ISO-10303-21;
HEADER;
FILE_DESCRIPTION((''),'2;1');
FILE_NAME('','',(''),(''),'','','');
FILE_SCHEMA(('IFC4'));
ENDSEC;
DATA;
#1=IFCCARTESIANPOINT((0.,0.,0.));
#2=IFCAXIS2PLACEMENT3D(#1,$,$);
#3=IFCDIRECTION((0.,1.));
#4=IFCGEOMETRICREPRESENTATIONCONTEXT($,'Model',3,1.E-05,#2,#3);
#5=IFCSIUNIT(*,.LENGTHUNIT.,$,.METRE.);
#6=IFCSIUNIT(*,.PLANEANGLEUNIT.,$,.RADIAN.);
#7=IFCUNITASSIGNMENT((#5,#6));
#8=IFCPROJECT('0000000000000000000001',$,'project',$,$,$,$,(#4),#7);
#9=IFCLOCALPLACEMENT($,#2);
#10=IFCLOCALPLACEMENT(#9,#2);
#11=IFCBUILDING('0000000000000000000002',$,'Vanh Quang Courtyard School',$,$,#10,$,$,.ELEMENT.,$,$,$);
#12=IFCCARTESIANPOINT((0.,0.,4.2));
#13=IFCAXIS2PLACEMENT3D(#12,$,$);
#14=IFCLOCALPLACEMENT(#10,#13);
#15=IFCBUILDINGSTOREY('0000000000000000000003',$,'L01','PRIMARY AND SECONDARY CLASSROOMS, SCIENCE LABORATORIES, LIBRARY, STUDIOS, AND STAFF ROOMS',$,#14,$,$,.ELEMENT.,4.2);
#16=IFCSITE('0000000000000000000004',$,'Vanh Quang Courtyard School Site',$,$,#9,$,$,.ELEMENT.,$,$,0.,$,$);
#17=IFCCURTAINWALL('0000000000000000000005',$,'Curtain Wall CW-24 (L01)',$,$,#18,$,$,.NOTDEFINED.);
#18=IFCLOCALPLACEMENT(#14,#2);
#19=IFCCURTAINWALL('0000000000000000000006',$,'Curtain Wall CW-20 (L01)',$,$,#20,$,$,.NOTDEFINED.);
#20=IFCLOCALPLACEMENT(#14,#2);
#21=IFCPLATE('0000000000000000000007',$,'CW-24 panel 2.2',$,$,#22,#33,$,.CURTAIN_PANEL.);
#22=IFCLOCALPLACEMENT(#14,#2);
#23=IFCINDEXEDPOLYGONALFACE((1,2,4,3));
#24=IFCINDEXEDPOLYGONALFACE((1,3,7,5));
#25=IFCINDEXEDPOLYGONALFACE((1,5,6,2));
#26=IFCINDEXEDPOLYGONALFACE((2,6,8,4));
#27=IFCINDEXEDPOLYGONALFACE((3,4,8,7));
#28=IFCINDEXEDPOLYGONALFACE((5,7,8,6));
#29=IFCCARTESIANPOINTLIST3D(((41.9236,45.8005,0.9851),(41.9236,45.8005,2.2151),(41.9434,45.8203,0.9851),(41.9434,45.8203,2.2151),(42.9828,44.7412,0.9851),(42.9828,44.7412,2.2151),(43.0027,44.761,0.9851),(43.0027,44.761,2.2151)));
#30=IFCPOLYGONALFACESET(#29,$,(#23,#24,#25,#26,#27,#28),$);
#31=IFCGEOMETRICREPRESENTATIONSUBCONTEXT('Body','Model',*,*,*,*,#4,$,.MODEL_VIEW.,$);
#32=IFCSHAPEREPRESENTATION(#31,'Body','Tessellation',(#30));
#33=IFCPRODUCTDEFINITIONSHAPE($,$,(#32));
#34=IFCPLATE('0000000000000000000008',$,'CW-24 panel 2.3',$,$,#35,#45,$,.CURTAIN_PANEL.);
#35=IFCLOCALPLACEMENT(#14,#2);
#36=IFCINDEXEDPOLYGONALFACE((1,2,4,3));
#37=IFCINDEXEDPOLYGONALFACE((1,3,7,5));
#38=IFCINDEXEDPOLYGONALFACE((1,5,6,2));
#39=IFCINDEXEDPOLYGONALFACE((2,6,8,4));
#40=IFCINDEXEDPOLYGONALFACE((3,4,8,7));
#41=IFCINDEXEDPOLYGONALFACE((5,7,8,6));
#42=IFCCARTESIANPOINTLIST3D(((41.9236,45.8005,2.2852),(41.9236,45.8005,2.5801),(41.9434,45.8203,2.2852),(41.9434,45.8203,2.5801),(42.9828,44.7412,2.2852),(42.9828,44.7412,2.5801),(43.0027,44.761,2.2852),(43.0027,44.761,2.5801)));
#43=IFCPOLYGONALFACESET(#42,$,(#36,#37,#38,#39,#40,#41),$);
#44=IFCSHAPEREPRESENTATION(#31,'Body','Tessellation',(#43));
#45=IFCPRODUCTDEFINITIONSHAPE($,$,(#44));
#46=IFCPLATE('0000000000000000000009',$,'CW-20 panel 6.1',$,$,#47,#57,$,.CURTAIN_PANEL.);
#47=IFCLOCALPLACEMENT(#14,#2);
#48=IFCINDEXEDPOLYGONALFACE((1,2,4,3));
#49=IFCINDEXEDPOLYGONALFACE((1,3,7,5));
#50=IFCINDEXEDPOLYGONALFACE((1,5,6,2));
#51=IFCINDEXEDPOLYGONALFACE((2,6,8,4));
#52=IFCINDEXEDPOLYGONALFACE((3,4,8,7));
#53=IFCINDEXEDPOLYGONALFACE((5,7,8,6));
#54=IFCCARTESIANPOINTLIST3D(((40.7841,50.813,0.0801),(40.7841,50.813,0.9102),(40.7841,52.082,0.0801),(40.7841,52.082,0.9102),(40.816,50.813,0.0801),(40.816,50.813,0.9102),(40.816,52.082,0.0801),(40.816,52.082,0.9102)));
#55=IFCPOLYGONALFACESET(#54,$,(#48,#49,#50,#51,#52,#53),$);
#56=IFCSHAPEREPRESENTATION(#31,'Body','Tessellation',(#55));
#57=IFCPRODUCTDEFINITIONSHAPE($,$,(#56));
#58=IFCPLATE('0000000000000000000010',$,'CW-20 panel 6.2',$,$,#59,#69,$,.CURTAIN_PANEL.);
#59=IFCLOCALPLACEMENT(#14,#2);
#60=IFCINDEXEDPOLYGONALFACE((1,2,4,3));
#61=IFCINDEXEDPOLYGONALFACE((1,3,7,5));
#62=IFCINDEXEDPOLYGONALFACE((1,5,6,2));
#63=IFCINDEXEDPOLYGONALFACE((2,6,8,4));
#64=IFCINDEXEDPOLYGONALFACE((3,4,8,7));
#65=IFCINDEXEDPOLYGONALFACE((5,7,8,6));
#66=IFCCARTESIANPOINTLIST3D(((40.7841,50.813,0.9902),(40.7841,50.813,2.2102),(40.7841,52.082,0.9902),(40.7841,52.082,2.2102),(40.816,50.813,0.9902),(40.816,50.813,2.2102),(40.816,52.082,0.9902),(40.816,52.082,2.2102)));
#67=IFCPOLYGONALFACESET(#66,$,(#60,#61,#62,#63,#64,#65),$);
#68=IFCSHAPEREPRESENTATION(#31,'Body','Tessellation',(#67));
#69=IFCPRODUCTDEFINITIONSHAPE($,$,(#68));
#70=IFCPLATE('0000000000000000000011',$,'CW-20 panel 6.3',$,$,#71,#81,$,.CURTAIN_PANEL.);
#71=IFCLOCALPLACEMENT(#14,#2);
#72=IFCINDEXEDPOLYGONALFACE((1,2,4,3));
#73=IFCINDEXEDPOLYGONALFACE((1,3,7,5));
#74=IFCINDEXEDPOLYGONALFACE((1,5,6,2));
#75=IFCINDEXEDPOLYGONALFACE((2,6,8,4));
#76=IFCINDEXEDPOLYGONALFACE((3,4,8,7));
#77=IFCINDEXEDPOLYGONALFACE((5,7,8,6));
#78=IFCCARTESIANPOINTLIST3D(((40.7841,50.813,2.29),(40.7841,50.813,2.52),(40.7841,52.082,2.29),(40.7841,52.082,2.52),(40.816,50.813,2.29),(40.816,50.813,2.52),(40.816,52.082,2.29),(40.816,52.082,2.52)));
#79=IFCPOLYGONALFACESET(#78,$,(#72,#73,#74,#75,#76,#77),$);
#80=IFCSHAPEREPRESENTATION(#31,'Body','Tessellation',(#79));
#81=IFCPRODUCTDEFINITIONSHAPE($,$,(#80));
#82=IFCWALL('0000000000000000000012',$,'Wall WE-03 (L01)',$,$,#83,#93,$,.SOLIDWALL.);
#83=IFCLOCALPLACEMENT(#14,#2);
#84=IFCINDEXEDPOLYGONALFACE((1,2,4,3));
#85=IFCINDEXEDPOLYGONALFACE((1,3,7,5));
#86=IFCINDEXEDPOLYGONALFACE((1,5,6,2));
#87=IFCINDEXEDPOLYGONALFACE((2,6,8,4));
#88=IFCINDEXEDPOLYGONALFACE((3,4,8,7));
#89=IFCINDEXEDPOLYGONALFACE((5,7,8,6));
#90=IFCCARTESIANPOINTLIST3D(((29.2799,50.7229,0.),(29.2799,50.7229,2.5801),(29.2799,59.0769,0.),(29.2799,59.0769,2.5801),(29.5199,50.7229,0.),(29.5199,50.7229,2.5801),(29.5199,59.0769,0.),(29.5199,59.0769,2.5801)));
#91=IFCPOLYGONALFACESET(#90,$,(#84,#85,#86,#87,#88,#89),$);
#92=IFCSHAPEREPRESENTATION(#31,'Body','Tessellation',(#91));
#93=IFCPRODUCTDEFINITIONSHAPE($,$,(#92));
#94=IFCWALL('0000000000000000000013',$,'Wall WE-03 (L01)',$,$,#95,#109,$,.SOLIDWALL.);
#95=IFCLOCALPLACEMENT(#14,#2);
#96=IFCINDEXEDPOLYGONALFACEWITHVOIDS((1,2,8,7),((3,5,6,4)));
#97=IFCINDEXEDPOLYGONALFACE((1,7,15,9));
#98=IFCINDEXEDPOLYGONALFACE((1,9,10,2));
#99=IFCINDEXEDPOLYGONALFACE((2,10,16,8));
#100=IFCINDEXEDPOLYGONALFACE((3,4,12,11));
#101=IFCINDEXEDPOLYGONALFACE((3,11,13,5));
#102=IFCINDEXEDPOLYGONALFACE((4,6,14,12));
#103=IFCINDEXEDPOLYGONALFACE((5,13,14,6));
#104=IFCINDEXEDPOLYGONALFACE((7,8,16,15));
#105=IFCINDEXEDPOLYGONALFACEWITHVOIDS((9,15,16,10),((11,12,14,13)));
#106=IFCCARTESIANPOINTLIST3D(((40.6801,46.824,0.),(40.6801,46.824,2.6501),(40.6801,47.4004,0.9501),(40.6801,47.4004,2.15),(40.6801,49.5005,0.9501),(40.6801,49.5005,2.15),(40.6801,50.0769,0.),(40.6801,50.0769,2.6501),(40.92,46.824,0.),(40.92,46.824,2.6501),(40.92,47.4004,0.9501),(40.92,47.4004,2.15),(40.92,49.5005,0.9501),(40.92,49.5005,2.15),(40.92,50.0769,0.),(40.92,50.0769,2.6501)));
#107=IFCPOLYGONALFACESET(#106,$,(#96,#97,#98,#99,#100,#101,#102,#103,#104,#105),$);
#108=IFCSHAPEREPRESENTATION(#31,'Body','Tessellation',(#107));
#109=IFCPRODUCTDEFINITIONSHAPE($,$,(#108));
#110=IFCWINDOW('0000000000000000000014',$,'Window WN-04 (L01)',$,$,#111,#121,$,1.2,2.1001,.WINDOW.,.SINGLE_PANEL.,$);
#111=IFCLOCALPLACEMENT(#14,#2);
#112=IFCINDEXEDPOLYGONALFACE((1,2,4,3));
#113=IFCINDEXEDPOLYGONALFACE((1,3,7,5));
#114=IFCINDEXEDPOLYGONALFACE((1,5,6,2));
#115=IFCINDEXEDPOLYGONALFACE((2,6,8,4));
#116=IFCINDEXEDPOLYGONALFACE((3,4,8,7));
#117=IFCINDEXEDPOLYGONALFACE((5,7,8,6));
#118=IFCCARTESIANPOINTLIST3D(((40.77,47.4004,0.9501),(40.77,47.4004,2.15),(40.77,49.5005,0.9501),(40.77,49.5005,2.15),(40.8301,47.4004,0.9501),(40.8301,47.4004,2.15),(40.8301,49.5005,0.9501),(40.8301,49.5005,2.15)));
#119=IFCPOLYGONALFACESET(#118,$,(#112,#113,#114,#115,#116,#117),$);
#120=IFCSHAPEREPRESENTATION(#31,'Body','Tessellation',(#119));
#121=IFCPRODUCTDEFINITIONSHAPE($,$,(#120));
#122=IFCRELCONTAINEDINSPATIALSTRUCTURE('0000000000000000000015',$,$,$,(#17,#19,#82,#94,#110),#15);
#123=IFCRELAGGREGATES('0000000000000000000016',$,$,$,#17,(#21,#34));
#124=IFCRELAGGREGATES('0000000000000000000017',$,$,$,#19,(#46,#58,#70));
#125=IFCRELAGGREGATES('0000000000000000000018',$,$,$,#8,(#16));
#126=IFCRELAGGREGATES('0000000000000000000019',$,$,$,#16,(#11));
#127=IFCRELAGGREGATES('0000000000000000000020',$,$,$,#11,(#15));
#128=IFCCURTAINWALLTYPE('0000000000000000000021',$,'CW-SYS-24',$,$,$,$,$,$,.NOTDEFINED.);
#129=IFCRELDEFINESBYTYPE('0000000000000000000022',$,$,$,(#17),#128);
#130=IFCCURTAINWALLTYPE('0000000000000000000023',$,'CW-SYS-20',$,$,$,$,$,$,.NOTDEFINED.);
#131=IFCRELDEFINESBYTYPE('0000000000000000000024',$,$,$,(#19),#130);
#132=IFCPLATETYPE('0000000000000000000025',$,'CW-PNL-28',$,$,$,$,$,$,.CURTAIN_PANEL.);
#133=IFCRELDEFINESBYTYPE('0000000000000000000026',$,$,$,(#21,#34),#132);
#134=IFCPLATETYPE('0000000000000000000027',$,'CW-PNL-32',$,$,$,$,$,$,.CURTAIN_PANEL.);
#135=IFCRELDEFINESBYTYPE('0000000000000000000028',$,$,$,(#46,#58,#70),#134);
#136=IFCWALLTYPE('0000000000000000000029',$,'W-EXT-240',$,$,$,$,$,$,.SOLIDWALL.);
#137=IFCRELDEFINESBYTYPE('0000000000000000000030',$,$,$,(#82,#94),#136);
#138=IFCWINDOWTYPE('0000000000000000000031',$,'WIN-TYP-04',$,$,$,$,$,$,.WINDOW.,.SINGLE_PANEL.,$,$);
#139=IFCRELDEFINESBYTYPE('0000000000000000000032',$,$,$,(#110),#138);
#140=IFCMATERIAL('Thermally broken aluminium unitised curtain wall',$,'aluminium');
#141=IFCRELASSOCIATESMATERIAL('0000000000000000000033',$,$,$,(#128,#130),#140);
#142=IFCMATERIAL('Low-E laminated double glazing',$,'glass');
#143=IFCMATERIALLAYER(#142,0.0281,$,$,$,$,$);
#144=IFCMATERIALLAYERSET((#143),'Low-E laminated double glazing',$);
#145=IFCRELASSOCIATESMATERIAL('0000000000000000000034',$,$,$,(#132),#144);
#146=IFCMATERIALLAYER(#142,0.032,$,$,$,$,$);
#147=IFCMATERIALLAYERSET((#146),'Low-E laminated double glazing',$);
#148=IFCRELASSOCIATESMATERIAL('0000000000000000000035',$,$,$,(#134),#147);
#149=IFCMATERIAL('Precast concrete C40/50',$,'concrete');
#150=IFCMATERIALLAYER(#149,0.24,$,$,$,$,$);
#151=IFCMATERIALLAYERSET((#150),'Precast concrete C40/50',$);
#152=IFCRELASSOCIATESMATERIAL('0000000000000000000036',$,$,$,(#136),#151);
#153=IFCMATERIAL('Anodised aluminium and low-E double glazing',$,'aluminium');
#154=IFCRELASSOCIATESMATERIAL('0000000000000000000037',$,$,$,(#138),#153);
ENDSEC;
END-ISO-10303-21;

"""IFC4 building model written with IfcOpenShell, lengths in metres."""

from ifc_helpers import new_model, si_unit, direction, frame, frame_2d, origin, origin_2d, place, context, subcontext, project, spatial, rectangle, extrude, material, layer, layer_set, type_object, element, fill, aggregate, save


model = new_model("IFC4")

# Units and contexts
model_context = context("Model", 3, precision=1e-05, world=origin(), true_north=direction((0.0, 1.0)))
body_context = subcontext(model_context, "Body", "Model", "MODEL_VIEW")
ifc_project = project(units=[si_unit("LENGTHUNIT", "METRE"), si_unit("PLANEANGLEUNIT", "RADIAN")], contexts=[model_context])

# Site, building, storey
site_placement = place(None, origin())
site = spatial("IfcSite", under=ifc_project, at=site_placement, Name="Vanh Quang Courtyard School Site", CompositionType="ELEMENT", RefElevation=0.0)
building_placement = place(site_placement, origin())
building = spatial("IfcBuilding", under=site, at=building_placement, Name="Vanh Quang Courtyard School", CompositionType="ELEMENT")
storey_placement = place(building_placement, frame((0.0, 0.0, 4.2)))
storey = spatial("IfcBuildingStorey", under=building, at=storey_placement, Name="L01", Description="PRIMARY AND SECONDARY CLASSROOMS, SCIENCE LABORATORIES, LIBRARY, STUDIOS, AND STAFF ROOMS", CompositionType="ELEMENT", Elevation=4.2)

# Curtain wall
ifc_material_1 = material(Name="Thermally broken aluminium unitised curtain wall", Category="aluminium")
curtain_wall_type_1 = type_object("IfcCurtainWallType", Name="CW-SYS-24", PredefinedType="NOTDEFINED", material=ifc_material_1)
curtain_wall_1_placement = place(storey_placement, origin())
curtain_wall_1 = element("IfcCurtainWall", 1, at=curtain_wall_1_placement, inside=storey, type_object=curtain_wall_type_1, Name="Curtain Wall CW-24 (L01)", PredefinedType="NOTDEFINED")

# Curtain wall
curtain_wall_type_2 = type_object("IfcCurtainWallType", Name="CW-SYS-20", PredefinedType="NOTDEFINED", material=ifc_material_1)
curtain_wall_2_placement = place(storey_placement, origin())
curtain_wall_2 = element("IfcCurtainWall", 2, at=curtain_wall_2_placement, inside=storey, type_object=curtain_wall_type_2, Name="Curtain Wall CW-20 (L01)", PredefinedType="NOTDEFINED")

# Plates
ifc_material_2 = material(Name="Low-E laminated double glazing", Category="glass")
ifc_layer_1 = layer(ifc_material_2, 0.0281)
ifc_layer_set_1 = layer_set([ifc_layer_1], Name="Low-E laminated double glazing")
plate_type_1 = type_object("IfcPlateType", Name="CW-PNL-28", PredefinedType="CURTAIN_PANEL", material=ifc_layer_set_1)
plate_1_placement = place(storey_placement, frame((42.4631, 45.2808, 0.9851), z_axis=(0.0, 0.0, 1.0), x_axis=(0.707107, -0.707107, 0.0)))
plate_1 = element("IfcPlate", 3, at=plate_1_placement, type_object=plate_type_1, Name="CW-24 panel 2.2", PredefinedType="CURTAIN_PANEL", context=body_context, shape_type="SweptSolid", body=[
    extrude(rectangle(XDim=1.498, YDim=0.0281, at=origin_2d()), origin(), (0.0, 0.0, 1.0), 1.23),
])
plate_2_placement = place(storey_placement, frame((42.4631, 45.2808, 2.2852), z_axis=(0.0, 0.0, 1.0), x_axis=(0.707107, -0.707107, 0.0)))
plate_2 = element("IfcPlate", 4, at=plate_2_placement, type_object=plate_type_1, Name="CW-24 panel 2.3", PredefinedType="CURTAIN_PANEL", context=body_context, shape_type="SweptSolid", body=[
    extrude(rectangle(XDim=1.498, YDim=0.0281, at=origin_2d()), origin(), (0.0, 0.0, 1.0), 0.2949),
])
aggregate(curtain_wall_1, [plate_1, plate_2])
ifc_layer_2 = layer(ifc_material_2, 0.032)
ifc_layer_set_2 = layer_set([ifc_layer_2], Name="Low-E laminated double glazing")
plate_type_2 = type_object("IfcPlateType", Name="CW-PNL-32", PredefinedType="CURTAIN_PANEL", material=ifc_layer_set_2)
plate_3_placement = place(storey_placement, frame((40.8, 51.4475, 0.0801), z_axis=(0.0, 0.0, 1.0), x_axis=(0.0, -1.0, 0.0)))
plate_3 = element("IfcPlate", 5, at=plate_3_placement, type_object=plate_type_2, Name="CW-20 panel 6.1", PredefinedType="CURTAIN_PANEL", context=body_context, shape_type="SweptSolid", body=[
    extrude(rectangle(XDim=1.269, YDim=0.032, at=origin_2d()), origin(), (0.0, 0.0, 1.0), 0.8301),
])
plate_4_placement = place(storey_placement, frame((40.8, 51.4475, 0.9902), z_axis=(0.0, 0.0, 1.0), x_axis=(0.0, -1.0, 0.0)))
plate_4 = element("IfcPlate", 6, at=plate_4_placement, type_object=plate_type_2, Name="CW-20 panel 6.2", PredefinedType="CURTAIN_PANEL", context=body_context, shape_type="SweptSolid", body=[
    extrude(rectangle(XDim=1.269, YDim=0.032, at=origin_2d()), origin(), (0.0, 0.0, 1.0), 1.22),
])
plate_5_placement = place(storey_placement, frame((40.8, 51.4475, 2.29), z_axis=(0.0, 0.0, 1.0), x_axis=(0.0, -1.0, 0.0)))
plate_5 = element("IfcPlate", 7, at=plate_5_placement, type_object=plate_type_2, Name="CW-20 panel 6.3", PredefinedType="CURTAIN_PANEL", context=body_context, shape_type="SweptSolid", body=[
    extrude(rectangle(XDim=1.269, YDim=0.032, at=origin_2d()), origin(), (0.0, 0.0, 1.0), 0.23),
])
aggregate(curtain_wall_2, [plate_3, plate_4, plate_5])

# Wall
ifc_material_3 = material(Name="Precast concrete C40/50", Category="concrete")
ifc_layer_3 = layer(ifc_material_3, 0.24)
ifc_layer_set_3 = layer_set([ifc_layer_3], Name="Precast concrete C40/50")
wall_type = type_object("IfcWallType", Name="W-EXT-240", PredefinedType="SOLIDWALL", material=ifc_layer_set_3)
wall_1_placement = place(storey_placement, frame((29.3999, 50.7229, 0.0), z_axis=(0.0, 0.0, 1.0), x_axis=(0.0, 1.0, 0.0)))
element("IfcWall", 8, at=wall_1_placement, inside=storey, type_object=wall_type, Name="Wall WE-03 (L01)", PredefinedType="SOLIDWALL", context=body_context, shape_type="SweptSolid", body=[
    extrude(rectangle(XDim=8.354, YDim=0.24, at=frame_2d((4.177, 0.0))), origin(), (0.0, 0.0, 1.0), 2.5801),
])

# Wall, opening, window
wall_2_placement = place(storey_placement, frame((40.8, 50.0769, 0.0), z_axis=(0.0, 0.0, 1.0), x_axis=(0.0, -1.0, 0.0)))
wall_2 = element("IfcWall", 9, at=wall_2_placement, inside=storey, type_object=wall_type, Name="Wall WE-03 (L01)", PredefinedType="SOLIDWALL", context=body_context, shape_type="SweptSolid", body=[
    extrude(rectangle(XDim=3.2529, YDim=0.24, at=frame_2d((1.6265, 0.0))), origin(), (0.0, 0.0, 1.0), 2.6501),
])
opening_placement = place(wall_2_placement, frame((0.5764, 0.0, 0.95)))
opening = element("IfcOpeningElement", 10, at=opening_placement, cuts=wall_2, PredefinedType="OPENING", context=body_context, shape_type="SweptSolid", body=[
    extrude(rectangle(XDim=2.1001, YDim=1.2, at=frame_2d((1.05, 0.6001))), frame((0.0, 0.1299, 0.0), z_axis=(0.0, -1.0, 0.0), x_axis=(1.0, 0.0, 0.0)), (0.0, 0.0, 1.0), 0.26),
])
ifc_material_4 = material(Name="Anodised aluminium and low-E double glazing", Category="aluminium")
window_type = type_object("IfcWindowType", Name="WIN-TYP-04", PartitioningType="SINGLE_PANEL", PredefinedType="WINDOW", material=ifc_material_4)
window_placement = place(opening_placement, origin())
window = element("IfcWindow", 11, at=window_placement, inside=storey, type_object=window_type, Name="Window WN-04 (L01)", OverallHeight=1.2, OverallWidth=2.1001, PartitioningType="SINGLE_PANEL", PredefinedType="WINDOW", context=body_context, shape_type="SweptSolid", body=[
    extrude(rectangle(XDim=2.1001, YDim=1.2, at=frame_2d((1.05, 0.6001))), frame((0.0, 0.03, 0.0), z_axis=(0.0, -1.0, 0.0), x_axis=(1.0, 0.0, 0.0)), (0.0, 0.0, 1.0), 0.0601),
])
fill(opening, window)

save(model, "model.ifc")
